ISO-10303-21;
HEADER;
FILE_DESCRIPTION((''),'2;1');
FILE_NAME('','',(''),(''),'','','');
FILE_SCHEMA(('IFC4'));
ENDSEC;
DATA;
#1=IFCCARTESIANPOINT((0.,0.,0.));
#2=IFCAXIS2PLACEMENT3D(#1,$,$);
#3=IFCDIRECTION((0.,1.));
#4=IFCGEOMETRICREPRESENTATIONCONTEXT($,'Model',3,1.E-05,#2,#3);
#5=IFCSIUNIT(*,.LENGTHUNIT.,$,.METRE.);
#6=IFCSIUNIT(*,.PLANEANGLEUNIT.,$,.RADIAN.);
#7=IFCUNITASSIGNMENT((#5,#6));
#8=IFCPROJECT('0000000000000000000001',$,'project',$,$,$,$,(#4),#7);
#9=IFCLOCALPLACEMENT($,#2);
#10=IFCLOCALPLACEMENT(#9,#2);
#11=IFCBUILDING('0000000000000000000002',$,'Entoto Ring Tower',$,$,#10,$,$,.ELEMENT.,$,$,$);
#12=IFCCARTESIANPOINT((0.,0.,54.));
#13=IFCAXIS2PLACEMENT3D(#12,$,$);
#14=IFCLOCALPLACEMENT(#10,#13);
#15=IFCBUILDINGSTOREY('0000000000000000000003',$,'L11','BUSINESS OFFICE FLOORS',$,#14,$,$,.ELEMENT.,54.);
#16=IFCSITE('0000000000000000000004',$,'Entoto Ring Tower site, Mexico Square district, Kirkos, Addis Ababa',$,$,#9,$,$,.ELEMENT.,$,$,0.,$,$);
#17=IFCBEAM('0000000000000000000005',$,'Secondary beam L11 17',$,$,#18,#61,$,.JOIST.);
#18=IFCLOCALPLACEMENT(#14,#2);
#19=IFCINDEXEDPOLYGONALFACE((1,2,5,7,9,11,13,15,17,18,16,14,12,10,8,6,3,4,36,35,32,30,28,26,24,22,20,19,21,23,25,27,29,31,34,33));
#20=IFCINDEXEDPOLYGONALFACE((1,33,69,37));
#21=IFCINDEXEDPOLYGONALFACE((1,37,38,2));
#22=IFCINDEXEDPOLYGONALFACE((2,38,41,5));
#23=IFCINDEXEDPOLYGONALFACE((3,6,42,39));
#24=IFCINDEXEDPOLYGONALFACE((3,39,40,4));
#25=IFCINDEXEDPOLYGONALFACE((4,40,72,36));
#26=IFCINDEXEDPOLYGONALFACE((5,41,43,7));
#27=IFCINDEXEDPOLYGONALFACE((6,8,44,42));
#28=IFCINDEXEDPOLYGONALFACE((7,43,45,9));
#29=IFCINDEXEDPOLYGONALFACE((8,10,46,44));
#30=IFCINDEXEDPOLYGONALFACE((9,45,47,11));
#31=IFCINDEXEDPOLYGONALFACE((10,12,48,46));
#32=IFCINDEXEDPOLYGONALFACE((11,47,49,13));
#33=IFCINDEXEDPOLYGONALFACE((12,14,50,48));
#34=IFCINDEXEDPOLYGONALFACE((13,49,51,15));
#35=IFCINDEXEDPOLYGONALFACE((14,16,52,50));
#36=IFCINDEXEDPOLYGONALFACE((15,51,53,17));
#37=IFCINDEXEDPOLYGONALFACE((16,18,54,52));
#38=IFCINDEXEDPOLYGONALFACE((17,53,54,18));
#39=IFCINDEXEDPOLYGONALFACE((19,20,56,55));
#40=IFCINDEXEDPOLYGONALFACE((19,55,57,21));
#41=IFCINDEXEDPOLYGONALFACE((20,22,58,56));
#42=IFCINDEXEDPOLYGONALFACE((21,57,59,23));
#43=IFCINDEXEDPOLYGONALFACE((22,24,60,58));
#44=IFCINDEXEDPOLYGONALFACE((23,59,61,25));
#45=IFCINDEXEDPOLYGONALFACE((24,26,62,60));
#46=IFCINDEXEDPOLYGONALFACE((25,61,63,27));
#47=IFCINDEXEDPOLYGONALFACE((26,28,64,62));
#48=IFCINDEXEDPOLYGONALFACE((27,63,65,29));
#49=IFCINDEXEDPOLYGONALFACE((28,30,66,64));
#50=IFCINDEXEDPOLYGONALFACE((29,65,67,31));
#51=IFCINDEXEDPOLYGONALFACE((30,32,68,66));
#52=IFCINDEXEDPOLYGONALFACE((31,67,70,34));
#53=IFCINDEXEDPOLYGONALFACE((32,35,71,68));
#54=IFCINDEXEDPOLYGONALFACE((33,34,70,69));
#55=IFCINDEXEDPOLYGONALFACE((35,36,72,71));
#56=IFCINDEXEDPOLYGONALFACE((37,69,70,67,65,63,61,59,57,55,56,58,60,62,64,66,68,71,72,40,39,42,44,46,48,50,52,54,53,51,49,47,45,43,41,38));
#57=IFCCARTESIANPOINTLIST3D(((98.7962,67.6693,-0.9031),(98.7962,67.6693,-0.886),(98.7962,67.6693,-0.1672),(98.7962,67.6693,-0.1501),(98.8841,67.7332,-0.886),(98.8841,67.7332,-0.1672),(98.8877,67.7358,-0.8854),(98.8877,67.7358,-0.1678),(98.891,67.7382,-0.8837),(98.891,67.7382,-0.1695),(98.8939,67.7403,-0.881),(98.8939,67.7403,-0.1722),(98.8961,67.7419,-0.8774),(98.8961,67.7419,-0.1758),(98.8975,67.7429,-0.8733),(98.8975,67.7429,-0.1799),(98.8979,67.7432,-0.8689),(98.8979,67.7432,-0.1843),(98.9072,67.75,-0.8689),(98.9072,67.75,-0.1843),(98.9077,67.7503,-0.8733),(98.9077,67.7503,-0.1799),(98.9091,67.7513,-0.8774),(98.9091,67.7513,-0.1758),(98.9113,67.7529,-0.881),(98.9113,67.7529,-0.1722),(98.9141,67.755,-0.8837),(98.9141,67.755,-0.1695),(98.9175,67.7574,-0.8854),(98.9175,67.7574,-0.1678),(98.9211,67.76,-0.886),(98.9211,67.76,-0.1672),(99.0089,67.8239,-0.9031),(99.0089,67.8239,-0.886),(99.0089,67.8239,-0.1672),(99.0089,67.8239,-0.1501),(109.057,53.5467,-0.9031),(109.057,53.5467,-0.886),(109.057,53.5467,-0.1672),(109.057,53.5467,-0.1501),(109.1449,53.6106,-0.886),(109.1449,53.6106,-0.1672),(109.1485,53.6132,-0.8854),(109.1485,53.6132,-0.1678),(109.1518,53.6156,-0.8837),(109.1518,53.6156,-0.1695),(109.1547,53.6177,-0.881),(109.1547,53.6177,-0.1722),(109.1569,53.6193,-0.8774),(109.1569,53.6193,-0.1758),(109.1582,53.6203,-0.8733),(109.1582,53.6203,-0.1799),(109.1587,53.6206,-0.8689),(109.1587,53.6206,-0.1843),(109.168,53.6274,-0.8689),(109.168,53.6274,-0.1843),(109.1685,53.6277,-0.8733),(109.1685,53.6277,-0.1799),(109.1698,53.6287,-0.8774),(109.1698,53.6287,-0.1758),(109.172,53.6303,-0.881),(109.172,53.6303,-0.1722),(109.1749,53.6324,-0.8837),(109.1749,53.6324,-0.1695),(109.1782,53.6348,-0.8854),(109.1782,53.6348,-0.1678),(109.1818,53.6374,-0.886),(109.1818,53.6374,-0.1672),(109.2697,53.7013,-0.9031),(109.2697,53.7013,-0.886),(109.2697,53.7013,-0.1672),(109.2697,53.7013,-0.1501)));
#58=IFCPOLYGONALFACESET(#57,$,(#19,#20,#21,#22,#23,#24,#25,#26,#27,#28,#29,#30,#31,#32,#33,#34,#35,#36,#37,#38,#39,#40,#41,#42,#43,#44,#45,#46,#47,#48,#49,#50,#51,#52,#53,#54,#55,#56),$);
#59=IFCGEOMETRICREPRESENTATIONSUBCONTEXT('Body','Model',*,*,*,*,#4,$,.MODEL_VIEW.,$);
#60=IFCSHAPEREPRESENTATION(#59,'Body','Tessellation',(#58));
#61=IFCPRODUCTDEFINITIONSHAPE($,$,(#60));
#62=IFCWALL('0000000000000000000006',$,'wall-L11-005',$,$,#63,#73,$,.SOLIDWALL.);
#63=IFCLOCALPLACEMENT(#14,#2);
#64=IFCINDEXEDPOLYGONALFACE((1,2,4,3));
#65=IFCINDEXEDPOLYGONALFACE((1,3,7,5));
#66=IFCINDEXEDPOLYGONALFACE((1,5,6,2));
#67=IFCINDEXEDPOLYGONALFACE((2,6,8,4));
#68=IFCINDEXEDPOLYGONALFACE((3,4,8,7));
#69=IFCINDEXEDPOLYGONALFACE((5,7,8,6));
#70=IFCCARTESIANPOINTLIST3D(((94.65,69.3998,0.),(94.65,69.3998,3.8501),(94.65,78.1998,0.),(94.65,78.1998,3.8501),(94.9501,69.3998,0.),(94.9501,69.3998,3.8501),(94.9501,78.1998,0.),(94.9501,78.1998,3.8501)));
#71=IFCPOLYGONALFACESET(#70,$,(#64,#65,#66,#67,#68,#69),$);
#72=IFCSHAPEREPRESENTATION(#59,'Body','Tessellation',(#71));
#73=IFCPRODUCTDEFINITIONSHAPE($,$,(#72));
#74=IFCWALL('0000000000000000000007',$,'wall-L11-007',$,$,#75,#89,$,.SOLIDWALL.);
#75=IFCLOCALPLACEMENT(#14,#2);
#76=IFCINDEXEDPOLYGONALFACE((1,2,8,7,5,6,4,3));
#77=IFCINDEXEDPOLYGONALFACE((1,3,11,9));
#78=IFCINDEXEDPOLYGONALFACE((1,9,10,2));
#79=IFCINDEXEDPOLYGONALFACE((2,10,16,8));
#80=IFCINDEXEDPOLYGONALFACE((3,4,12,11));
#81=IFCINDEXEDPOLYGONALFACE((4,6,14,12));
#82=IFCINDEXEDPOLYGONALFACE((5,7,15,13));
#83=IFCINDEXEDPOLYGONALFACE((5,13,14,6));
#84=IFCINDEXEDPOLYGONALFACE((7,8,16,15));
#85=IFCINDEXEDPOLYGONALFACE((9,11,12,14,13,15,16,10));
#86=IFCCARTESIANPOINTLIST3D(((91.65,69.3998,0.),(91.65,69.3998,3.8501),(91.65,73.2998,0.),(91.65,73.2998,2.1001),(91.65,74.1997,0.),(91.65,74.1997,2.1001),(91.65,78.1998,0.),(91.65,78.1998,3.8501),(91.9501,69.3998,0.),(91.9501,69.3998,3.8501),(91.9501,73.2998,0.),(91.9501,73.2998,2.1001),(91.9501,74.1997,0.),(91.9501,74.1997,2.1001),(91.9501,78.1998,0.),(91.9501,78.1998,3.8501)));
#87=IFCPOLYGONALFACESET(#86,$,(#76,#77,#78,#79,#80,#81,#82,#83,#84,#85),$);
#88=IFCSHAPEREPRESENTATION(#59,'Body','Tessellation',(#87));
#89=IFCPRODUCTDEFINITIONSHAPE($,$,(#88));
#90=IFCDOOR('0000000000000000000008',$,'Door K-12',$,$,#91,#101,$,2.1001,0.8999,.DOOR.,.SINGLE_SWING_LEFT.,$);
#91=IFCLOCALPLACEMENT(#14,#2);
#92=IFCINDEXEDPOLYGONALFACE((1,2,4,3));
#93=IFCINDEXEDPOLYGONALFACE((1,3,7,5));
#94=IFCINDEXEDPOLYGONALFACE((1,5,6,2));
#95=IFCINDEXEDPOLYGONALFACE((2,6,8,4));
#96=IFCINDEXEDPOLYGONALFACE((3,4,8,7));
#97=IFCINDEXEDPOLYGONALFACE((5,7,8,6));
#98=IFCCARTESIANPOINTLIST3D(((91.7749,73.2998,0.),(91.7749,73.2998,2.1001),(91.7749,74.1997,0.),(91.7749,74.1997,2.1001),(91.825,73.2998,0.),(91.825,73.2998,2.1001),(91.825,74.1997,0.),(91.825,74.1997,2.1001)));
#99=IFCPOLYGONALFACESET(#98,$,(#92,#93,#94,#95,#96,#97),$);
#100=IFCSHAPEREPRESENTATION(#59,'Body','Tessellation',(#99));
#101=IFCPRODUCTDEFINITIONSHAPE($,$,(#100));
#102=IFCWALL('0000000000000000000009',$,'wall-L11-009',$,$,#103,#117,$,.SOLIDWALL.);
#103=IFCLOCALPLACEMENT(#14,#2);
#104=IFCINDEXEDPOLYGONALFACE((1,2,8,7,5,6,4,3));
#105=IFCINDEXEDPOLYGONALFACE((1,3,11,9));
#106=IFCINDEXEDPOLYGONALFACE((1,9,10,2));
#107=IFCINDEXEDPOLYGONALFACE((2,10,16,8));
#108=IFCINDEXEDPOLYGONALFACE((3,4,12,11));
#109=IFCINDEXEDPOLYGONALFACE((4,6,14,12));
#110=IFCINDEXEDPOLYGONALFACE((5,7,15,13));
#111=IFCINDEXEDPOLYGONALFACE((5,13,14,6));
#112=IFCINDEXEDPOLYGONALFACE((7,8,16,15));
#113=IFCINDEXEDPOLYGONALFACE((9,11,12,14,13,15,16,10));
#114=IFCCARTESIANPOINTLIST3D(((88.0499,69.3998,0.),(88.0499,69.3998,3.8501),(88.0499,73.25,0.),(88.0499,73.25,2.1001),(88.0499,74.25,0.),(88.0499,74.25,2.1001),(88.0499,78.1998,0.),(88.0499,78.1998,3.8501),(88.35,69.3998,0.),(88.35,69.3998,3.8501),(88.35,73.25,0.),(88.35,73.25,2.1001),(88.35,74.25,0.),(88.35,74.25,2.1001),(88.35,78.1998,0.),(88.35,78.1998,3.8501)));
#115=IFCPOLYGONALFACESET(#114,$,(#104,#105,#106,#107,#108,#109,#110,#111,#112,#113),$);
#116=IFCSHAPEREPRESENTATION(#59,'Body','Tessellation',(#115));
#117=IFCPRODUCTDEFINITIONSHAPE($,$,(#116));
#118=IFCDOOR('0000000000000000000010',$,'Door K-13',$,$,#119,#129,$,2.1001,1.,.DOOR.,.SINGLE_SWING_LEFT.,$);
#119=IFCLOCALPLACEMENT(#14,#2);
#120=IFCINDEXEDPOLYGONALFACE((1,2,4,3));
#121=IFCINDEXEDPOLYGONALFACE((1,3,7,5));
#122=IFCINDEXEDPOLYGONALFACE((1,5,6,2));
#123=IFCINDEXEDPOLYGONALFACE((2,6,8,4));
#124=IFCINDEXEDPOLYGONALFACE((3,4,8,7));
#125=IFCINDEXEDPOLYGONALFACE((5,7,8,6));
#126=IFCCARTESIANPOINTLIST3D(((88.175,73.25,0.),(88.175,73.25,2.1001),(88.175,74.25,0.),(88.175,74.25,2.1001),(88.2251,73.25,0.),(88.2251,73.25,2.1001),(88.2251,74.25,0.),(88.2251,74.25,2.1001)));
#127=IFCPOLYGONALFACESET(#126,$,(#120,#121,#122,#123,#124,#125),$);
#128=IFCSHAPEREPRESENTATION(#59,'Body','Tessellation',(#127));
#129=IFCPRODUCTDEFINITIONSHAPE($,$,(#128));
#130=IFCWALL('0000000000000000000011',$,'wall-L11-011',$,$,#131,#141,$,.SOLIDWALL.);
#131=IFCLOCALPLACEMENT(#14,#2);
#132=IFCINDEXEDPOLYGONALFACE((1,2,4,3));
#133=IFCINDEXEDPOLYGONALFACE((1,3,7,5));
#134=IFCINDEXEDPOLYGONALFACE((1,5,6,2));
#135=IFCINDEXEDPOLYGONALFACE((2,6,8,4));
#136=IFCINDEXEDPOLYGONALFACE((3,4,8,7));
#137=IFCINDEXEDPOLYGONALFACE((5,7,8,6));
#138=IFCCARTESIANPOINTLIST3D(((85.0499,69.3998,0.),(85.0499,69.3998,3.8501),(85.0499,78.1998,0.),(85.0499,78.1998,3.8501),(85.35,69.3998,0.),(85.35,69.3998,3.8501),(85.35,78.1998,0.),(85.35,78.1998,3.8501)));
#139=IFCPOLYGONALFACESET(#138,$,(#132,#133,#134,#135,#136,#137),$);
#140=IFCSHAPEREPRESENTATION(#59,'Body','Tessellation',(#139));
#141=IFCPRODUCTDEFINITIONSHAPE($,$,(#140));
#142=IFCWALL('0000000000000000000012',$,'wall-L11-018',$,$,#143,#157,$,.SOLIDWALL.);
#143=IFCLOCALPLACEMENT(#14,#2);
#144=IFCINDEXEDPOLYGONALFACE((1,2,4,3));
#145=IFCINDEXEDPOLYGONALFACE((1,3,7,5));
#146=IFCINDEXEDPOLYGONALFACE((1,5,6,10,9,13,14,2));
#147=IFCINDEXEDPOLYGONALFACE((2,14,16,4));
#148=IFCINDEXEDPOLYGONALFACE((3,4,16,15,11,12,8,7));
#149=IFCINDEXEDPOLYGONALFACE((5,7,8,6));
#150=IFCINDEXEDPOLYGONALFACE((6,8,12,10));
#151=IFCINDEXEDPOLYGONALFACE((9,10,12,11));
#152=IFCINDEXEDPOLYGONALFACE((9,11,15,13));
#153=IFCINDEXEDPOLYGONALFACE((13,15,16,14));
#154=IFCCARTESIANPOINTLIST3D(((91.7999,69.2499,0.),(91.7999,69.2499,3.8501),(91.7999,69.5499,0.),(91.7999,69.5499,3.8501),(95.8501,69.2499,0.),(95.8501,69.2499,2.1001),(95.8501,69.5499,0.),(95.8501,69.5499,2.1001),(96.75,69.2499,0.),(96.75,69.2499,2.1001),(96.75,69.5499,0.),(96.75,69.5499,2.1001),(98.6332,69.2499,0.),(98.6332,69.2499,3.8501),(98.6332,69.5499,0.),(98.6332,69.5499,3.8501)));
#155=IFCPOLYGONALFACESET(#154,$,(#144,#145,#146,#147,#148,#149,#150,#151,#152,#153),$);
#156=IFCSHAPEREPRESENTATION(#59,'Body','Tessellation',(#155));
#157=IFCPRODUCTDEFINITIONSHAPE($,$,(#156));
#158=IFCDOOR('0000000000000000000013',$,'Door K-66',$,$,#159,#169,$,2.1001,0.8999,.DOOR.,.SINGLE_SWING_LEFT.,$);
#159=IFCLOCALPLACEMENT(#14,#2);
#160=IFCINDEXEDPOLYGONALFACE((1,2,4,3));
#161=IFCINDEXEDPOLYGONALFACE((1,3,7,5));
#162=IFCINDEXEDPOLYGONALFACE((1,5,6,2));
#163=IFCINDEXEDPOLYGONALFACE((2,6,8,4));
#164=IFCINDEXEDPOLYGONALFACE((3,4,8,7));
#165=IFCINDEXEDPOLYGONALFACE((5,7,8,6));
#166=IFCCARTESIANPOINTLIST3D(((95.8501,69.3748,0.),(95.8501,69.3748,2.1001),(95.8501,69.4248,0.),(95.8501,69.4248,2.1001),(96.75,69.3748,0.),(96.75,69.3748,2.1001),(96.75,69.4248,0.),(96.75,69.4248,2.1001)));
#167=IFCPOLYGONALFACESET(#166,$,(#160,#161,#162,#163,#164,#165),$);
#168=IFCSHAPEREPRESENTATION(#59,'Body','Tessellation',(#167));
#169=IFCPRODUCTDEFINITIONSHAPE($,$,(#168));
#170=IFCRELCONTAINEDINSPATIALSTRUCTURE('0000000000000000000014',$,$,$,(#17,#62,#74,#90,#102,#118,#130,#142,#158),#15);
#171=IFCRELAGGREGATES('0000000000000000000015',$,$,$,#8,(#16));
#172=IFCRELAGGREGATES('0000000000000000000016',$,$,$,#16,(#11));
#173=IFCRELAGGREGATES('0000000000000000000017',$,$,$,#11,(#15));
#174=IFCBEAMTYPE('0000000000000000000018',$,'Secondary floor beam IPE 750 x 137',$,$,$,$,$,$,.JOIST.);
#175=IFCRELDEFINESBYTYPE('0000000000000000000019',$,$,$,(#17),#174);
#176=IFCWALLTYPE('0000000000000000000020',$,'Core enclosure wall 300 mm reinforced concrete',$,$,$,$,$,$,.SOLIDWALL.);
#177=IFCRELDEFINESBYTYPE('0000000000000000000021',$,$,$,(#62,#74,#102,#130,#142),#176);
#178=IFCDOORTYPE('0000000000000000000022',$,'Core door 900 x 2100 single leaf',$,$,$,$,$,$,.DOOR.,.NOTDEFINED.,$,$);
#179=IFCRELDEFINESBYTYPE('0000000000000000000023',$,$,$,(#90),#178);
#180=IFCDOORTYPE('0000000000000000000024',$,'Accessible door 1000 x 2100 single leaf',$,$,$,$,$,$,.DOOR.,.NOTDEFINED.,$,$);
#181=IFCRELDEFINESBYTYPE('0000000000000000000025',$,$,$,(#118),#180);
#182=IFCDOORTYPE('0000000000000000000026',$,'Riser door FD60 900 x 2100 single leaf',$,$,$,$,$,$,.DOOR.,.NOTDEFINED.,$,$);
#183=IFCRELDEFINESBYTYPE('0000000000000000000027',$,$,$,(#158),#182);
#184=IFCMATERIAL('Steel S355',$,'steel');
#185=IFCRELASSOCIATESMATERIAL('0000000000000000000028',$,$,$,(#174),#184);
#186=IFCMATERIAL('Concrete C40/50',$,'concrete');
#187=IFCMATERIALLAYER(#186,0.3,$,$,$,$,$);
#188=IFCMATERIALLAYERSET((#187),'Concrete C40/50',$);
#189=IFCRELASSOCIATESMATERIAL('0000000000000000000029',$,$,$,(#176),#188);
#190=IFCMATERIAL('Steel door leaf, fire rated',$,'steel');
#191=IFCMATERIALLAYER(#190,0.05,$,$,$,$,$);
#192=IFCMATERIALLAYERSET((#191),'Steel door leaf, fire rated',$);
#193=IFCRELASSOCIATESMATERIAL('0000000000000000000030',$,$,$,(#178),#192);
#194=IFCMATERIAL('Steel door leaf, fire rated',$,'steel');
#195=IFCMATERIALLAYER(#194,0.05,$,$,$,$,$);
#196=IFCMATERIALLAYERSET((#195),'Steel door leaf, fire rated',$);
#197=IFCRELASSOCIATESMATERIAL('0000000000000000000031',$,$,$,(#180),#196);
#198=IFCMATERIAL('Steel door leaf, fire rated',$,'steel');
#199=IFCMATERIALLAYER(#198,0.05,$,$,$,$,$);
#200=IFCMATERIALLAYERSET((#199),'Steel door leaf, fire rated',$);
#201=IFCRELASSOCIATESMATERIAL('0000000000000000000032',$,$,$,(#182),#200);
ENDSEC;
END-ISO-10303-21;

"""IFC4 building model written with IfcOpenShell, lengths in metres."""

from ifc_helpers import new_model, si_unit, direction, frame, frame_2d, origin, origin_2d, place, context, subcontext, project, spatial, rectangle, i_section, extrude, material, layer, layer_set, material_profile, profile_set, type_object, element, fill, save


model = new_model("IFC4")

# Units and contexts
model_context = context("Model", 3, precision=1e-05, world=origin(), true_north=direction((0.0, 1.0)))
body_context = subcontext(model_context, "Body", "Model", "MODEL_VIEW")
ifc_project = project(units=[si_unit("LENGTHUNIT", "METRE"), si_unit("PLANEANGLEUNIT", "RADIAN")], contexts=[model_context])

# Site, building, storey
site_placement = place(None, origin())
site = spatial("IfcSite", under=ifc_project, at=site_placement, Name="Entoto Ring Tower site, Mexico Square district, Kirkos, Addis Ababa", CompositionType="ELEMENT", RefElevation=0.0)
building_placement = place(site_placement, origin())
building = spatial("IfcBuilding", under=site, at=building_placement, Name="Entoto Ring Tower", CompositionType="ELEMENT")
storey_placement = place(building_placement, frame((0.0, 0.0, 54.0)))
storey = spatial("IfcBuildingStorey", under=building, at=storey_placement, Name="L11", Description="BUSINESS OFFICE FLOORS", CompositionType="ELEMENT", Elevation=54.0)

# Beam
ifc_material_1 = material(Name="Steel S355", Category="steel")
ifc_material_profile_1 = material_profile(ifc_material_1, i_section(OverallWidth=0.2629, OverallDepth=0.7529, WebThickness=0.0115, FlangeThickness=0.0171, FilletRadius=0.0171, at=origin_2d()), Name="IPE 750 x 137")
ifc_profile_set_1 = profile_set([ifc_material_profile_1], Name="Steel S355")
beam_type_1 = type_object("IfcBeamType", Name="Secondary floor beam IPE 750 x 137", PredefinedType="JOIST", material=ifc_profile_set_1)
beam_1_placement = place(storey_placement, frame((98.9026, 67.7466, -0.5266), z_axis=(0.587789, -0.809014, 0.0), x_axis=(0.809014, 0.587789, 0.0)))
element("IfcBeam", 1, at=beam_1_placement, inside=storey, type_object=beam_type_1, Name="Secondary beam L11 17", PredefinedType="JOIST", context=body_context, shape_type="SweptSolid", body=[
    extrude(i_section(OverallWidth=0.2629, OverallDepth=0.7529, WebThickness=0.0115, FlangeThickness=0.0171, FilletRadius=0.0171, at=origin_2d()), origin(), (0.0, 0.0, 1.0), 17.4565),
])

# Wall
ifc_material_2 = material(Name="Concrete C40/50", Category="concrete")
ifc_layer_1 = layer(ifc_material_2, 0.3)
ifc_layer_set_1 = layer_set([ifc_layer_1], Name="Concrete C40/50")
wall_type_1 = type_object("IfcWallType", Name="Core enclosure wall 300 mm reinforced concrete", PredefinedType="SOLIDWALL", material=ifc_layer_set_1)
wall_1_placement = place(storey_placement, frame((94.8, 69.3999, 0.0), z_axis=(0.0, 0.0, 1.0), x_axis=(0.0, 1.0, 0.0)))
element("IfcWall", 2, at=wall_1_placement, inside=storey, type_object=wall_type_1, Name="wall-L11-005", PredefinedType="SOLIDWALL", context=body_context, shape_type="SweptSolid", body=[
    extrude(rectangle(XDim=8.8, YDim=0.3, at=frame_2d((4.3999, 0.0))), origin(), (0.0, 0.0, 1.0), 3.8501),
])

# Walls, openings, doors
wall_2_placement = place(storey_placement, frame((91.8, 69.3999, 0.0), z_axis=(0.0, 0.0, 1.0), x_axis=(0.0, 1.0, 0.0)))
wall_2 = element("IfcWall", 3, at=wall_2_placement, inside=storey, type_object=wall_type_1, Name="wall-L11-007", PredefinedType="SOLIDWALL", context=body_context, shape_type="SweptSolid", body=[
    extrude(rectangle(XDim=8.8, YDim=0.3, at=frame_2d((4.3999, 0.0))), origin(), (0.0, 0.0, 1.0), 3.8501),
])
opening_1_placement = place(wall_2_placement, frame((3.8999, 0.0, 0.0)))
opening_1 = element("IfcOpeningElement", 4, at=opening_1_placement, cuts=wall_2, PredefinedType="OPENING", context=body_context, shape_type="SweptSolid", body=[
    extrude(rectangle(XDim=0.8999, YDim=2.1001, at=frame_2d((0.45, 1.05))), frame((0.0, 0.1602, 0.0), z_axis=(0.0, -1.0, 0.0), x_axis=(1.0, 0.0, 0.0)), (0.0, 0.0, 1.0), 0.3201),
])
ifc_material_3 = material(Name="Steel door leaf, fire rated", Category="steel")
ifc_layer_2 = layer(ifc_material_3, 0.05)
ifc_layer_set_2 = layer_set([ifc_layer_2], Name="Steel door leaf, fire rated")
door_type_1 = type_object("IfcDoorType", Name="Core door 900 x 2100 single leaf", OperationType="NOTDEFINED", PredefinedType="DOOR", material=ifc_layer_set_2)
door_1_placement = place(opening_1_placement, frame((0.8999, 0.0, 0.0), z_axis=(0.0, 0.0, 1.0), x_axis=(-1.0, 0.0, 0.0)))
door_1 = element("IfcDoor", 5, at=door_1_placement, inside=storey, type_object=door_type_1, Name="Door K-12", OperationType="SINGLE_SWING_LEFT", OverallHeight=2.1001, OverallWidth=0.8999, PredefinedType="DOOR", context=body_context, shape_type="SweptSolid", body=[
    extrude(rectangle(XDim=0.8999, YDim=2.1001, at=frame_2d((0.45, 1.05))), frame((0.0, 0.0249, 0.0), z_axis=(0.0, -1.0, 0.0), x_axis=(1.0, 0.0, 0.0)), (0.0, 0.0, 1.0), 0.05),
])
fill(opening_1, door_1)
wall_3_placement = place(storey_placement, frame((88.2, 69.3999, 0.0), z_axis=(0.0, 0.0, 1.0), x_axis=(0.0, 1.0, 0.0)))
wall_3 = element("IfcWall", 6, at=wall_3_placement, inside=storey, type_object=wall_type_1, Name="wall-L11-009", PredefinedType="SOLIDWALL", context=body_context, shape_type="SweptSolid", body=[
    extrude(rectangle(XDim=8.8, YDim=0.3, at=frame_2d((4.3999, 0.0))), origin(), (0.0, 0.0, 1.0), 3.8501),
])
opening_2_placement = place(wall_3_placement, frame((3.8501, 0.0, 0.0)))
opening_2 = element("IfcOpeningElement", 7, at=opening_2_placement, cuts=wall_3, PredefinedType="OPENING", context=body_context, shape_type="SweptSolid", body=[
    extrude(rectangle(XDim=1.0, YDim=2.1001, at=frame_2d((0.5, 1.05))), frame((0.0, 0.1602, 0.0), z_axis=(0.0, -1.0, 0.0), x_axis=(1.0, 0.0, 0.0)), (0.0, 0.0, 1.0), 0.3201),
])
ifc_material_4 = material(Name="Steel door leaf, fire rated", Category="steel")
ifc_layer_3 = layer(ifc_material_4, 0.05)
ifc_layer_set_3 = layer_set([ifc_layer_3], Name="Steel door leaf, fire rated")
door_type_2 = type_object("IfcDoorType", Name="Accessible door 1000 x 2100 single leaf", OperationType="NOTDEFINED", PredefinedType="DOOR", material=ifc_layer_set_3)
door_2_placement = place(opening_2_placement, origin())
door_2 = element("IfcDoor", 8, at=door_2_placement, inside=storey, type_object=door_type_2, Name="Door K-13", OperationType="SINGLE_SWING_LEFT", OverallHeight=2.1001, OverallWidth=1.0, PredefinedType="DOOR", context=body_context, shape_type="SweptSolid", body=[
    extrude(rectangle(XDim=1.0, YDim=2.1001, at=frame_2d((0.5, 1.05))), frame((0.0, 0.0249, 0.0), z_axis=(0.0, -1.0, 0.0), x_axis=(1.0, 0.0, 0.0)), (0.0, 0.0, 1.0), 0.05),
])
fill(opening_2, door_2)

# Wall
wall_4_placement = place(storey_placement, frame((85.2, 69.3999, 0.0), z_axis=(0.0, 0.0, 1.0), x_axis=(0.0, 1.0, 0.0)))
element("IfcWall", 9, at=wall_4_placement, inside=storey, type_object=wall_type_1, Name="wall-L11-011", PredefinedType="SOLIDWALL", context=body_context, shape_type="SweptSolid", body=[
    extrude(rectangle(XDim=8.8, YDim=0.3, at=frame_2d((4.3999, 0.0))), origin(), (0.0, 0.0, 1.0), 3.8501),
])

# Wall, opening, door
wall_5_placement = place(storey_placement, frame((91.8, 69.3999, 0.0), z_axis=(0.0, 0.0, 1.0), x_axis=(1.0, 0.0, 0.0)))
wall_5 = element("IfcWall", 10, at=wall_5_placement, inside=storey, type_object=wall_type_1, Name="wall-L11-018", PredefinedType="SOLIDWALL", context=body_context, shape_type="SweptSolid", body=[
    extrude(rectangle(XDim=6.8333, YDim=0.3, at=frame_2d((3.4165, 0.0))), origin(), (0.0, 0.0, 1.0), 3.8501),
])
opening_3_placement = place(wall_5_placement, frame((4.05, 0.0, 0.0)))
opening_3 = element("IfcOpeningElement", 11, at=opening_3_placement, cuts=wall_5, PredefinedType="OPENING", context=body_context, shape_type="SweptSolid", body=[
    extrude(rectangle(XDim=0.8999, YDim=2.1001, at=frame_2d((0.45, 1.05))), frame((0.0, 0.1602, 0.0), z_axis=(0.0, -1.0, 0.0), x_axis=(1.0, 0.0, 0.0)), (0.0, 0.0, 1.0), 0.3201),
])
ifc_material_5 = material(Name="Steel door leaf, fire rated", Category="steel")
ifc_layer_4 = layer(ifc_material_5, 0.05)
ifc_layer_set_4 = layer_set([ifc_layer_4], Name="Steel door leaf, fire rated")
door_type_3 = type_object("IfcDoorType", Name="Riser door FD60 900 x 2100 single leaf", OperationType="NOTDEFINED", PredefinedType="DOOR", material=ifc_layer_set_4)
door_3_placement = place(opening_3_placement, origin())
door_3 = element("IfcDoor", 12, at=door_3_placement, inside=storey, type_object=door_type_3, Name="Door K-66", OperationType="SINGLE_SWING_LEFT", OverallHeight=2.1001, OverallWidth=0.8999, PredefinedType="DOOR", context=body_context, shape_type="SweptSolid", body=[
    extrude(rectangle(XDim=0.8999, YDim=2.1001, at=frame_2d((0.45, 1.05))), frame((0.0, 0.0249, 0.0), z_axis=(0.0, -1.0, 0.0), x_axis=(1.0, 0.0, 0.0)), (0.0, 0.0, 1.0), 0.05),
])
fill(opening_3, door_3)

save(model, "model.ifc")
